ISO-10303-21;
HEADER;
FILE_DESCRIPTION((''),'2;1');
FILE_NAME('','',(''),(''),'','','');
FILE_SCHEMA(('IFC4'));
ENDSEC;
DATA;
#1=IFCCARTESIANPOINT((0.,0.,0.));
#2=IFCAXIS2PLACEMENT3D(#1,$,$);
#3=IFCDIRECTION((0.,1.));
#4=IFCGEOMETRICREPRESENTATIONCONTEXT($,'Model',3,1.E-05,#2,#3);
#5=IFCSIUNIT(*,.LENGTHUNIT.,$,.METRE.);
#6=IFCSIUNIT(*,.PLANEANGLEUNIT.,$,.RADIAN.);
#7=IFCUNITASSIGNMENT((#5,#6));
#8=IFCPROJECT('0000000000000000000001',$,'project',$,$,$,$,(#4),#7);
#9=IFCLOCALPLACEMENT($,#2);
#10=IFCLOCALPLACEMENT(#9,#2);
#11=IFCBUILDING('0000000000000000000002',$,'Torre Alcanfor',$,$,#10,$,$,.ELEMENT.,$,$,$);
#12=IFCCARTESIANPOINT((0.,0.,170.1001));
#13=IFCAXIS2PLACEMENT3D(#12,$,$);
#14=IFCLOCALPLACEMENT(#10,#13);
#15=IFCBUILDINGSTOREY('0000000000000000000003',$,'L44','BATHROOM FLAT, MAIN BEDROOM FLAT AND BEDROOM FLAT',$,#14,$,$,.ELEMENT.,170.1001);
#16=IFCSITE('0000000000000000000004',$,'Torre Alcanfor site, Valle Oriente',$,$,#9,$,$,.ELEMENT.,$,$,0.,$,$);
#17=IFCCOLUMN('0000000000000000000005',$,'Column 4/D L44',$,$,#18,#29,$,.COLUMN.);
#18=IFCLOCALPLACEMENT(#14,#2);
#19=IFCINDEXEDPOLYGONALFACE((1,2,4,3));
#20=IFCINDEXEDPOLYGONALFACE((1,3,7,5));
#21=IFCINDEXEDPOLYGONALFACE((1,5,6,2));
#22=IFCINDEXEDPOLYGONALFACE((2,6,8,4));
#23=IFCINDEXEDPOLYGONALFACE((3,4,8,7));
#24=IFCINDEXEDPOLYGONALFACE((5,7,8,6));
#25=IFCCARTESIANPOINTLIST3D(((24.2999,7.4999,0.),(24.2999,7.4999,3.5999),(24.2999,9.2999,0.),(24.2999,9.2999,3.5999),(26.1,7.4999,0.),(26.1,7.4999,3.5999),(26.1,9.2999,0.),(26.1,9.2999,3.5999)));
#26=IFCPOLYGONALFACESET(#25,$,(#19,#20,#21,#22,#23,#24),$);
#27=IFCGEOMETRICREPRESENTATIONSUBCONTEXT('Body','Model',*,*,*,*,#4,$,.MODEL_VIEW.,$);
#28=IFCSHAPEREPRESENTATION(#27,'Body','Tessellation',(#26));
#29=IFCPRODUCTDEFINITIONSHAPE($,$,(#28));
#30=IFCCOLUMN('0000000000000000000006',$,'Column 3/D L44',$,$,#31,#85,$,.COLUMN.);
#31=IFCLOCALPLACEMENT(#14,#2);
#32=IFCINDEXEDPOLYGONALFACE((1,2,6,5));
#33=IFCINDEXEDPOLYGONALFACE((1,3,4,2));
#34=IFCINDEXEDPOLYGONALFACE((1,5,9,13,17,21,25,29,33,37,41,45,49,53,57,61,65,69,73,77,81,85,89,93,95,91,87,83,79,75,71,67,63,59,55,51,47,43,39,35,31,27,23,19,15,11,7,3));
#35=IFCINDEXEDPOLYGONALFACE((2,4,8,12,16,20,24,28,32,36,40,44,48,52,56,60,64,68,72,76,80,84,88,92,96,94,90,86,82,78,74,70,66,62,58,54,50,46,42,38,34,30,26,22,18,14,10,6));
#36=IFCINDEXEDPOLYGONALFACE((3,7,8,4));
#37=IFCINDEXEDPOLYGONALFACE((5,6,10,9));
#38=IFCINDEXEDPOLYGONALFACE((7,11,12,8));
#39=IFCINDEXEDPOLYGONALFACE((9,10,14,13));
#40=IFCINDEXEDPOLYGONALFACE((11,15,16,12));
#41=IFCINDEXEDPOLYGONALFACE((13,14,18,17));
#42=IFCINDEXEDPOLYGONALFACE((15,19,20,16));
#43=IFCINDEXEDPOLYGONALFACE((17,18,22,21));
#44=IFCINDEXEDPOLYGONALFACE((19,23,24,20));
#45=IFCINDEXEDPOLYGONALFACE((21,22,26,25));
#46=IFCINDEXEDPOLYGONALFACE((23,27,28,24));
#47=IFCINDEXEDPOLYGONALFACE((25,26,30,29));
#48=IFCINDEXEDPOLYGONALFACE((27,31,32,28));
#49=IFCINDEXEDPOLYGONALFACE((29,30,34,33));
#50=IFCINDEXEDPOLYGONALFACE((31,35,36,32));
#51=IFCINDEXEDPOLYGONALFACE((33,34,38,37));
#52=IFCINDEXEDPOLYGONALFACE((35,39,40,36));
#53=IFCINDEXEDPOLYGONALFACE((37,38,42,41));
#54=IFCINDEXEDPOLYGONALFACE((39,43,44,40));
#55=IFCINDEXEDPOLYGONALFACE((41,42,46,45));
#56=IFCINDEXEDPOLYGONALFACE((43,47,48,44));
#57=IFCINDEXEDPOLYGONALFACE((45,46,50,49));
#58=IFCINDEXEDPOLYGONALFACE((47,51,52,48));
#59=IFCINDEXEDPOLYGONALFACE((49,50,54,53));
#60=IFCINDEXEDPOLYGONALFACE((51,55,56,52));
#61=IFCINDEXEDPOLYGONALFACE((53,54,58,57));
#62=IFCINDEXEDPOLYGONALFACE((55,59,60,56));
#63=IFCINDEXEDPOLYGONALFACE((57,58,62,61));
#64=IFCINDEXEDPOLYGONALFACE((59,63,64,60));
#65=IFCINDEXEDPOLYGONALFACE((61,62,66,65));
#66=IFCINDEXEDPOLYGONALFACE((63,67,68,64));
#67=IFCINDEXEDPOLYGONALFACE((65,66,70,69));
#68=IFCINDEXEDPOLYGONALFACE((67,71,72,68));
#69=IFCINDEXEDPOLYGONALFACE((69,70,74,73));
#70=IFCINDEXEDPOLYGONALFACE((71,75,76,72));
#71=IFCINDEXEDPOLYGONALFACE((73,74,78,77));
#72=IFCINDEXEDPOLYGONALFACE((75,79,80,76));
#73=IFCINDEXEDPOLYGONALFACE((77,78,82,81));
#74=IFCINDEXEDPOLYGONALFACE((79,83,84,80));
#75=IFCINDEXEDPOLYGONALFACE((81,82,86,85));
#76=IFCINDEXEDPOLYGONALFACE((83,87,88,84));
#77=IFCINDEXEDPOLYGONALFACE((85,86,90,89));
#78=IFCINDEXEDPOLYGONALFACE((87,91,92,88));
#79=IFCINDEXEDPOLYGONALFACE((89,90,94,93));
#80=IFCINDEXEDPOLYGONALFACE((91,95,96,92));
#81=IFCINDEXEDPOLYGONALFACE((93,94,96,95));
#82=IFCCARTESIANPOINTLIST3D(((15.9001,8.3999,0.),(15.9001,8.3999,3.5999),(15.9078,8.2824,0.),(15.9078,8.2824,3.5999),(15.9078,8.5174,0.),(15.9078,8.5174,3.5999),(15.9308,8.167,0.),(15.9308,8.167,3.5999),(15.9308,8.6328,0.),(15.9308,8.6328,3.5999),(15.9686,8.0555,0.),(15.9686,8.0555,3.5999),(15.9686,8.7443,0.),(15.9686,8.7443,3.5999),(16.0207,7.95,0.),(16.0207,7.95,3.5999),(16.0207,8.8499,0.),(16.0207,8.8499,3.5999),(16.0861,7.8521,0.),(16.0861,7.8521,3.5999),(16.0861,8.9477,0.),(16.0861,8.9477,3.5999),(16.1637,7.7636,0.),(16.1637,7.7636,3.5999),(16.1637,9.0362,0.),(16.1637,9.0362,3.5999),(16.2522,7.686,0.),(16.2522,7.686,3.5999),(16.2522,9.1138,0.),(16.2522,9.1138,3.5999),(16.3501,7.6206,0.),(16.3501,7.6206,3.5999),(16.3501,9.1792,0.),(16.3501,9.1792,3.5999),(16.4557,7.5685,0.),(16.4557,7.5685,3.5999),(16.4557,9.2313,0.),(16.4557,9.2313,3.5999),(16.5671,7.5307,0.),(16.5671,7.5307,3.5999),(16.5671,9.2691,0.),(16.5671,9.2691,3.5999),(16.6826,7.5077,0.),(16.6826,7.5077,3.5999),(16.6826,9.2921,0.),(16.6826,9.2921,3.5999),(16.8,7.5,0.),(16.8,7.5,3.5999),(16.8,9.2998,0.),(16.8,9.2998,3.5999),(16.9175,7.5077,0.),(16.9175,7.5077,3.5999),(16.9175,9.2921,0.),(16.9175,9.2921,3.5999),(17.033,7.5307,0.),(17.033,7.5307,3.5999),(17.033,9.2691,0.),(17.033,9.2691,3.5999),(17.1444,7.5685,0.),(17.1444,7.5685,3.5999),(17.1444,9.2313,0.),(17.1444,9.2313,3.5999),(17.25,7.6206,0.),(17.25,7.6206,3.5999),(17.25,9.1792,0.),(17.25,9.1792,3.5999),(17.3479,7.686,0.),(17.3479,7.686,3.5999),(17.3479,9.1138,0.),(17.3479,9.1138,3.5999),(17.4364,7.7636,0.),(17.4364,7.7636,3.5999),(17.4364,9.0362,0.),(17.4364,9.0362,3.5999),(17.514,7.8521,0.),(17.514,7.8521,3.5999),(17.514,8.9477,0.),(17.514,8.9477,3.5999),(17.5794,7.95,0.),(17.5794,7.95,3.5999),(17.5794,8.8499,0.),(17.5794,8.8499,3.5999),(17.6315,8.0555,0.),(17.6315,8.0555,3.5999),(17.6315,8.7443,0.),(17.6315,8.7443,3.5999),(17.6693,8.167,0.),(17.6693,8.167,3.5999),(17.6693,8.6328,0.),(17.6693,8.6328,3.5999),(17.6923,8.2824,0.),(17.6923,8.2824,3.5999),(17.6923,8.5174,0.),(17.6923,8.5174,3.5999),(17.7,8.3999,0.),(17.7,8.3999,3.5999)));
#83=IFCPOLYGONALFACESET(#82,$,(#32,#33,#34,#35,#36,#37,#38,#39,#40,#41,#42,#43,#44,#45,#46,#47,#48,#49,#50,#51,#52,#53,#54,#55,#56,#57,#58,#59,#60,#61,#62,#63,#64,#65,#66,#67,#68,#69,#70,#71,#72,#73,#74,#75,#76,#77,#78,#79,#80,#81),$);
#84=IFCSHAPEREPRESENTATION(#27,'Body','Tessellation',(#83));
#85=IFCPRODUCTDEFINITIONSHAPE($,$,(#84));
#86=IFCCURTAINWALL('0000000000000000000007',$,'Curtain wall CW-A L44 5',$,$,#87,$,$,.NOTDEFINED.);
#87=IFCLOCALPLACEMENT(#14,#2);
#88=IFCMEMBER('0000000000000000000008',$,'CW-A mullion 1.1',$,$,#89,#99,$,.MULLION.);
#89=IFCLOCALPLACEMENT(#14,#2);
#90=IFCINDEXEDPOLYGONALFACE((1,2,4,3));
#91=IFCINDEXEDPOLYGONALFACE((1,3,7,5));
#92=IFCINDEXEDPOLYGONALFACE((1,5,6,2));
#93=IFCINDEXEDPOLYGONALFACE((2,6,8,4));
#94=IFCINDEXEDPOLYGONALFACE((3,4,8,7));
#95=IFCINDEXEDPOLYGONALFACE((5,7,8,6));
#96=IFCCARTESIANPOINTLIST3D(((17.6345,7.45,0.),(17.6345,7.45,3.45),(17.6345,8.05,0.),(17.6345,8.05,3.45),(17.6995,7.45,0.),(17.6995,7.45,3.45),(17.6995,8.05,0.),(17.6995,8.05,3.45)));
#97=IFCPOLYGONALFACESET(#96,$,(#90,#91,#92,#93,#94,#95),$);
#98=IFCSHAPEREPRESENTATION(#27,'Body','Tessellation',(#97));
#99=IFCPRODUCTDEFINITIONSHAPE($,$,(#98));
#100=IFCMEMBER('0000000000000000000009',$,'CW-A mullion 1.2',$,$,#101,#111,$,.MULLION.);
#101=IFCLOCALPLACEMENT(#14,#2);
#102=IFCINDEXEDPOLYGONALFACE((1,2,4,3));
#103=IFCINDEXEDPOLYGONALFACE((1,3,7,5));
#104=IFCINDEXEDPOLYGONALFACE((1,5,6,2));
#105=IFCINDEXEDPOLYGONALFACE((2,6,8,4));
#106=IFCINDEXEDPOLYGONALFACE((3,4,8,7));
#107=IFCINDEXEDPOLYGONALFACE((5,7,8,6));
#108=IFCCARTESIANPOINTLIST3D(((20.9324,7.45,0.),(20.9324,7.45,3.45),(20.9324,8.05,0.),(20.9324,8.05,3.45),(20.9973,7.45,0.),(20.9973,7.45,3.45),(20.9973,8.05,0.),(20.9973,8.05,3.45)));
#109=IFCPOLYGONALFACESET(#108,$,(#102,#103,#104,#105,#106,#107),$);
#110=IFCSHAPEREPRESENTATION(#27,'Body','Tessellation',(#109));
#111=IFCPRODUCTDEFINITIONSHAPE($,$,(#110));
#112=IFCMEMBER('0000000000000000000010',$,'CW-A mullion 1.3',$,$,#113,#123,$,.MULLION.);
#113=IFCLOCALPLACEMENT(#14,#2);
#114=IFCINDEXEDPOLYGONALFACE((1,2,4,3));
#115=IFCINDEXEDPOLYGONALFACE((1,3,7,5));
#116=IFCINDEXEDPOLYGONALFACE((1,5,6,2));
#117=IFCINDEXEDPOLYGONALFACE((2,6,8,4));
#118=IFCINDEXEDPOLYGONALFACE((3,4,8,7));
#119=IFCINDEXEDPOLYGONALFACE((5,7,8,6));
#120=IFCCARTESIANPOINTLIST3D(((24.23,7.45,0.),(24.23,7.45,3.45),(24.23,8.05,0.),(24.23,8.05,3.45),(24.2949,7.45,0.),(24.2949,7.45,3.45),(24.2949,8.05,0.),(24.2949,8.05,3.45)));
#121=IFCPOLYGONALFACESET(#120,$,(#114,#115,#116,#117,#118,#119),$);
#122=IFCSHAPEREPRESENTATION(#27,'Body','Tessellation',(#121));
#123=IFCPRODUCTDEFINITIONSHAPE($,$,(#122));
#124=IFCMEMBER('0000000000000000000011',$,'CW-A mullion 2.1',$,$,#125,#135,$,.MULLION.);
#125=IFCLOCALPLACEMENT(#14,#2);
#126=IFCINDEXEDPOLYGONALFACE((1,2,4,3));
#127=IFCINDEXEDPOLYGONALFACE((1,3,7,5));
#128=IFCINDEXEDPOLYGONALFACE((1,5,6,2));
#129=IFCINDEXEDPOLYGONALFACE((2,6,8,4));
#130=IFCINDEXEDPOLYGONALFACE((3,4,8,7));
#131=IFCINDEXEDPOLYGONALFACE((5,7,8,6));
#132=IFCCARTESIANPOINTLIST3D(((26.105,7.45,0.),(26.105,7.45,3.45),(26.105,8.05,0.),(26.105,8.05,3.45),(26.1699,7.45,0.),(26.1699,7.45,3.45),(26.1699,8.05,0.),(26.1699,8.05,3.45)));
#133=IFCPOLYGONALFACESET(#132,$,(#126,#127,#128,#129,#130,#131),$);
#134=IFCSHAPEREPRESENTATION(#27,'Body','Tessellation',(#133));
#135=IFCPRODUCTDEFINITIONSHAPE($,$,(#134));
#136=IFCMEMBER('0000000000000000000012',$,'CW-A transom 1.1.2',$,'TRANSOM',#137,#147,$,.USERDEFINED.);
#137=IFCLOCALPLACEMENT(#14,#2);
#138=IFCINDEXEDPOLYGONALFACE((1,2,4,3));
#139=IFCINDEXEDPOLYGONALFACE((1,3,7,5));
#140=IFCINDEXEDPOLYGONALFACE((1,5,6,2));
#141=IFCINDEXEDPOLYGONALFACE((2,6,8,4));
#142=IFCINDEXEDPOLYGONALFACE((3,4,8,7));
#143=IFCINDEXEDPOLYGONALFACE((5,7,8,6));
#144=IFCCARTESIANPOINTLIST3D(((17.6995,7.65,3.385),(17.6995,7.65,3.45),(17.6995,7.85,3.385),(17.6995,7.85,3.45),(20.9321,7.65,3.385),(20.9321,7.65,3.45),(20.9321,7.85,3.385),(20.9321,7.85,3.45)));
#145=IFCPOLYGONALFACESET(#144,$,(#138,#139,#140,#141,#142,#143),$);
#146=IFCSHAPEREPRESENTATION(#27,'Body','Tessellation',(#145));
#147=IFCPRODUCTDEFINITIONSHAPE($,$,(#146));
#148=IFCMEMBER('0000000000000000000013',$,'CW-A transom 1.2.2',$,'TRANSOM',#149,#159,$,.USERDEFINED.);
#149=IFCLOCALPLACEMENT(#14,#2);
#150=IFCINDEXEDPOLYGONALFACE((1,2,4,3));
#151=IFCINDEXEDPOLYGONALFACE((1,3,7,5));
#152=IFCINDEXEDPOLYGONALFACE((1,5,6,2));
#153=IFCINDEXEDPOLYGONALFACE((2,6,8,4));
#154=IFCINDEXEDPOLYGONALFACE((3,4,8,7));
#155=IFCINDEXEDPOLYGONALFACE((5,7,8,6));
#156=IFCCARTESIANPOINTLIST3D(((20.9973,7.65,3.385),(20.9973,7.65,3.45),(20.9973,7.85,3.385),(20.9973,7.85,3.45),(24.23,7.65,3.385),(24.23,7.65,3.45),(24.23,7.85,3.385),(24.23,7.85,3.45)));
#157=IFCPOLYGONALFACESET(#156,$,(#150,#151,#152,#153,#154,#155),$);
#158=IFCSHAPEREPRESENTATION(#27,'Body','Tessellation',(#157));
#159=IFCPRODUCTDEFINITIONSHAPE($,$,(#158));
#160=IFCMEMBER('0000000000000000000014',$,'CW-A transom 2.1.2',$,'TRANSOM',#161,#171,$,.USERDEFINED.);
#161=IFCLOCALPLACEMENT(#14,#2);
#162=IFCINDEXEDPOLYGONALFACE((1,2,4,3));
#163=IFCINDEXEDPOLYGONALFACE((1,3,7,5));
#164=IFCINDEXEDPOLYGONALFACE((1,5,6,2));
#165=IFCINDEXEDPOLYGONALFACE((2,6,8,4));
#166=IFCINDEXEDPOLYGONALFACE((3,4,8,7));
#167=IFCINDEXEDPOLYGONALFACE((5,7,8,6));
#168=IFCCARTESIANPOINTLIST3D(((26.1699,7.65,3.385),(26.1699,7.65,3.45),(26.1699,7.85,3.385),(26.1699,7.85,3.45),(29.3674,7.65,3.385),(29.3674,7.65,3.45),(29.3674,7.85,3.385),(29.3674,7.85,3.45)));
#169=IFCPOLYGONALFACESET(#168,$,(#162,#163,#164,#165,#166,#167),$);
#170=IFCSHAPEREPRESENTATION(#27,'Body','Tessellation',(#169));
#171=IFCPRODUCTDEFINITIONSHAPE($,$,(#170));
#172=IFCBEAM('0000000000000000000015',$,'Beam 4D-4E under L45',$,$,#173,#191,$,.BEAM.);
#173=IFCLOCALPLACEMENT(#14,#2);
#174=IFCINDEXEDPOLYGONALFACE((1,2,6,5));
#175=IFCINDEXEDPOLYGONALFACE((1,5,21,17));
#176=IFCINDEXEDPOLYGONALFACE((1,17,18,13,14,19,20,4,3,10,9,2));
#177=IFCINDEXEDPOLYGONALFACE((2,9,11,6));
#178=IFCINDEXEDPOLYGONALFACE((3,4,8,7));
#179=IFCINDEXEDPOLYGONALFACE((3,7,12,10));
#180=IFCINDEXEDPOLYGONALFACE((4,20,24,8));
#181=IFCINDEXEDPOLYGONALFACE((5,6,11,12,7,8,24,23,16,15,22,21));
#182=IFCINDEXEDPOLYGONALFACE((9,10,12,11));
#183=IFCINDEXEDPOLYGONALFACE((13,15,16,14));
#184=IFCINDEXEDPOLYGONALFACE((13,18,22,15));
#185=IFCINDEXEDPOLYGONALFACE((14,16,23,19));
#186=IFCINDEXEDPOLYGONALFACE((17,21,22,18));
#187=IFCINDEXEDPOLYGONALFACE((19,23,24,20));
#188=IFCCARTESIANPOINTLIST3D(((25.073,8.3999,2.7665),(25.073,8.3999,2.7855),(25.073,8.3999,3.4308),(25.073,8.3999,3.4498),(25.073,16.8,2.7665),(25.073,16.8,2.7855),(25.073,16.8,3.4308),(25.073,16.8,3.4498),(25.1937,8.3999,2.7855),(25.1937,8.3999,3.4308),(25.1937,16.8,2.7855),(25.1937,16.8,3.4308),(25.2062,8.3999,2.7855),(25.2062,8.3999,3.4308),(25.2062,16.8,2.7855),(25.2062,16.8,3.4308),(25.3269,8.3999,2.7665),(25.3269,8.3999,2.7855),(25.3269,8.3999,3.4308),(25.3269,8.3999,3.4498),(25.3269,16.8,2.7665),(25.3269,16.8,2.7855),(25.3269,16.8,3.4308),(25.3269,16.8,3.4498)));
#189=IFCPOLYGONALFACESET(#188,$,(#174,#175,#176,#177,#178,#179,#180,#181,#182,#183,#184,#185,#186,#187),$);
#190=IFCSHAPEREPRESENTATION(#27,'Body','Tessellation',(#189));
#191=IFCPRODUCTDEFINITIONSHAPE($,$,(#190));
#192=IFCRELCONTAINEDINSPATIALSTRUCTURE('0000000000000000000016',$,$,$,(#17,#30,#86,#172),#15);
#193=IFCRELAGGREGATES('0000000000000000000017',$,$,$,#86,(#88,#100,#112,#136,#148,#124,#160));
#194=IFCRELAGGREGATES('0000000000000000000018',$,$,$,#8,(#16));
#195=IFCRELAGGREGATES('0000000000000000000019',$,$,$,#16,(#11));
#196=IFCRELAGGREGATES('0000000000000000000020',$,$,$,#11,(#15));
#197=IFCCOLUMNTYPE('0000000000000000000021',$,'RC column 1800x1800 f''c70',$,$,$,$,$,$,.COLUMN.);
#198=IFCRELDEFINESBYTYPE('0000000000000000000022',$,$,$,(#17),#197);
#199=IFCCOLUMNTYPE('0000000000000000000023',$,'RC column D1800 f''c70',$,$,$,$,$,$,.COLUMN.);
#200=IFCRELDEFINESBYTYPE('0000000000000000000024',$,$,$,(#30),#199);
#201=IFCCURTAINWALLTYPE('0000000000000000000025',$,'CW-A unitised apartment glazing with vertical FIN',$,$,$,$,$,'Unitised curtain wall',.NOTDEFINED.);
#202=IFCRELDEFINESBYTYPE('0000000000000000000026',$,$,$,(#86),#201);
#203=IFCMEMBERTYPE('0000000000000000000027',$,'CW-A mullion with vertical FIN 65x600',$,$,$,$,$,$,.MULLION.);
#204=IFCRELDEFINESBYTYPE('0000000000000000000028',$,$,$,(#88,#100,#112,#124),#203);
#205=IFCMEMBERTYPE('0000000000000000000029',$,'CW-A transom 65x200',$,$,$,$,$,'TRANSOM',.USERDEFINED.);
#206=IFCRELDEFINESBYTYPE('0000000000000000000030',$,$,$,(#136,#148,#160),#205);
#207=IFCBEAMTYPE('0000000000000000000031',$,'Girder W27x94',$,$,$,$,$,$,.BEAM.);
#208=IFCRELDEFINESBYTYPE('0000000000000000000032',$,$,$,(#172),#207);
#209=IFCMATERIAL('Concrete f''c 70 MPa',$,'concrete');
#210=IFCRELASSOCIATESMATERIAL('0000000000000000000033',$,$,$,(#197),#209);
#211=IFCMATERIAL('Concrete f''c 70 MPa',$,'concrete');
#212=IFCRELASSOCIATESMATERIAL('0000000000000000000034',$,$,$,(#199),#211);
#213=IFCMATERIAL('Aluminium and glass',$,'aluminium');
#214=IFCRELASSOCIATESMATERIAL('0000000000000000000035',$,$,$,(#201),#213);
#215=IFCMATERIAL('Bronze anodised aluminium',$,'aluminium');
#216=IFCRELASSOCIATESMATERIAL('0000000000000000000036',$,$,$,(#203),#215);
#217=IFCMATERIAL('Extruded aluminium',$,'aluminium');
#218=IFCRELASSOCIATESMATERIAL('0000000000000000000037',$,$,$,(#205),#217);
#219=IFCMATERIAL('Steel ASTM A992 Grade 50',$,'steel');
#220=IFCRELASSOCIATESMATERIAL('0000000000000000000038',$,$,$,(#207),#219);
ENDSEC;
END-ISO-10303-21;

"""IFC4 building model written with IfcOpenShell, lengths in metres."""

from ifc_helpers import new_model, si_unit, direction, frame, origin, origin_2d, place, context, subcontext, project, spatial, rectangle, circle, i_section, extrude, material, material_profile, profile_set, type_object, element, aggregate, save


model = new_model("IFC4")

# Units and contexts
model_context = context("Model", 3, precision=1e-05, world=origin(), true_north=direction((0.0, 1.0)))
body_context = subcontext(model_context, "Body", "Model", "MODEL_VIEW")
ifc_project = project(units=[si_unit("LENGTHUNIT", "METRE"), si_unit("PLANEANGLEUNIT", "RADIAN")], contexts=[model_context])

# Site, building, storey
site_placement = place(None, origin())
site = spatial("IfcSite", under=ifc_project, at=site_placement, Name="Torre Alcanfor site, Valle Oriente", CompositionType="ELEMENT", RefElevation=0.0)
building_placement = place(site_placement, origin())
building = spatial("IfcBuilding", under=site, at=building_placement, Name="Torre Alcanfor", CompositionType="ELEMENT")
storey_placement = place(building_placement, frame((0.0, 0.0, 170.1001)))
storey = spatial("IfcBuildingStorey", under=building, at=storey_placement, Name="L44", Description="BATHROOM FLAT, MAIN BEDROOM FLAT AND BEDROOM FLAT", CompositionType="ELEMENT", Elevation=170.1001)

# Columns
ifc_material_1 = material(Name="Concrete f'c 70 MPa", Category="concrete")
ifc_material_profile_1 = material_profile(ifc_material_1, rectangle(XDim=1.8, YDim=1.8, at=origin_2d()), Name="1800x1800")
ifc_profile_set_1 = profile_set([ifc_material_profile_1], Name="Concrete f'c 70 MPa")
column_type_1 = type_object("IfcColumnType", Name="RC column 1800x1800 f'c70", PredefinedType="COLUMN", material=ifc_profile_set_1)
column_1_placement = place(storey_placement, frame((25.2, 8.3999, 0.0), z_axis=(0.0, 0.0, 1.0), x_axis=(1.0, 0.0, 0.0)))
element("IfcColumn", 1, at=column_1_placement, inside=storey, type_object=column_type_1, Name="Column 4/D L44", PredefinedType="COLUMN", context=body_context, shape_type="SweptSolid", body=[
    extrude(rectangle(XDim=1.8, YDim=1.8, at=origin_2d()), origin(), (0.0, 0.0, 1.0), 3.5999),
])
ifc_material_2 = material(Name="Concrete f'c 70 MPa", Category="concrete")
ifc_material_profile_2 = material_profile(ifc_material_2, circle(Radius=0.8999, at=origin_2d()), Name="D1800")
ifc_profile_set_2 = profile_set([ifc_material_profile_2], Name="Concrete f'c 70 MPa")
column_type_2 = type_object("IfcColumnType", Name="RC column D1800 f'c70", PredefinedType="COLUMN", material=ifc_profile_set_2)
column_2_placement = place(storey_placement, frame((16.8, 8.3999, 0.0), z_axis=(0.0, 0.0, 1.0), x_axis=(1.0, 0.0, 0.0)))
element("IfcColumn", 2, at=column_2_placement, inside=storey, type_object=column_type_2, Name="Column 3/D L44", PredefinedType="COLUMN", context=body_context, shape_type="SweptSolid", body=[
    extrude(circle(Radius=0.8999, at=origin_2d()), origin(), (0.0, 0.0, 1.0), 3.5999),
])

# Curtain wall, members
ifc_material_3 = material(Name="Aluminium and glass", Category="aluminium")
curtain_wall_type = type_object("IfcCurtainWallType", Name="CW-A unitised apartment glazing with vertical FIN", ElementType="Unitised curtain wall", PredefinedType="NOTDEFINED", material=ifc_material_3)
curtain_wall_placement = place(storey_placement, origin())
curtain_wall = element("IfcCurtainWall", 3, at=curtain_wall_placement, inside=storey, type_object=curtain_wall_type, Name="Curtain wall CW-A L44 5", PredefinedType="NOTDEFINED")
ifc_material_4 = material(Name="Bronze anodised aluminium", Category="aluminium")
ifc_material_profile_3 = material_profile(ifc_material_4, rectangle(XDim=0.6001, YDim=0.0649, at=origin_2d()), Name="CW-A mullion 65x600")
ifc_profile_set_3 = profile_set([ifc_material_profile_3], Name="Bronze anodised aluminium")
member_type_1 = type_object("IfcMemberType", Name="CW-A mullion with vertical FIN 65x600", PredefinedType="MULLION", material=ifc_profile_set_3)
member_1_placement = place(storey_placement, frame((17.667, 7.75, 0.0), z_axis=(0.0, 0.0, 1.0), x_axis=(0.0, 1.0, 0.0)))
member_1 = element("IfcMember", 4, at=member_1_placement, type_object=member_type_1, Name="CW-A mullion 1.1", PredefinedType="MULLION", context=body_context, shape_type="SweptSolid", body=[
    extrude(rectangle(XDim=0.6001, YDim=0.0649, at=origin_2d()), origin(), (0.0, 0.0, 1.0), 3.45),
])
member_2_placement = place(storey_placement, frame((20.9648, 7.75, 0.0), z_axis=(0.0, 0.0, 1.0), x_axis=(0.0, 1.0, 0.0)))
member_2 = element("IfcMember", 5, at=member_2_placement, type_object=member_type_1, Name="CW-A mullion 1.2", PredefinedType="MULLION", context=body_context, shape_type="SweptSolid", body=[
    extrude(rectangle(XDim=0.6001, YDim=0.0649, at=origin_2d()), origin(), (0.0, 0.0, 1.0), 3.45),
])
member_3_placement = place(storey_placement, frame((24.2625, 7.75, 0.0), z_axis=(0.0, 0.0, 1.0), x_axis=(0.0, 1.0, 0.0)))
member_3 = element("IfcMember", 6, at=member_3_placement, type_object=member_type_1, Name="CW-A mullion 1.3", PredefinedType="MULLION", context=body_context, shape_type="SweptSolid", body=[
    extrude(rectangle(XDim=0.6001, YDim=0.0649, at=origin_2d()), origin(), (0.0, 0.0, 1.0), 3.45),
])
member_4_placement = place(storey_placement, frame((26.1375, 7.75, 0.0), z_axis=(0.0, 0.0, 1.0), x_axis=(0.0, 1.0, 0.0)))
member_4 = element("IfcMember", 7, at=member_4_placement, type_object=member_type_1, Name="CW-A mullion 2.1", PredefinedType="MULLION", context=body_context, shape_type="SweptSolid", body=[
    extrude(rectangle(XDim=0.6001, YDim=0.0649, at=origin_2d()), origin(), (0.0, 0.0, 1.0), 3.45),
])
ifc_material_5 = material(Name="Extruded aluminium", Category="aluminium")
ifc_material_profile_4 = material_profile(ifc_material_5, rectangle(XDim=0.2, YDim=0.0649, at=origin_2d()), Name="CW-A transom 200x65")
ifc_profile_set_4 = profile_set([ifc_material_profile_4], Name="Extruded aluminium")
member_type_2 = type_object("IfcMemberType", Name="CW-A transom 65x200", ElementType="TRANSOM", PredefinedType="USERDEFINED", material=ifc_profile_set_4)
member_5_placement = place(storey_placement, frame((17.6995, 7.75, 3.4175), z_axis=(1.0, 0.0, 0.0), x_axis=(0.0, 1.0, 0.0)))
member_5 = element("IfcMember", 8, at=member_5_placement, type_object=member_type_2, Name="CW-A transom 1.1.2", ObjectType="TRANSOM", PredefinedType="USERDEFINED", context=body_context, shape_type="SweptSolid", body=[
    extrude(rectangle(XDim=0.2, YDim=0.0649, at=origin_2d()), origin(), (0.0, 0.0, 1.0), 3.2327),
])
member_6_placement = place(storey_placement, frame((20.9973, 7.75, 3.4175), z_axis=(1.0, 0.0, 0.0), x_axis=(0.0, 1.0, 0.0)))
member_6 = element("IfcMember", 9, at=member_6_placement, type_object=member_type_2, Name="CW-A transom 1.2.2", ObjectType="TRANSOM", PredefinedType="USERDEFINED", context=body_context, shape_type="SweptSolid", body=[
    extrude(rectangle(XDim=0.2, YDim=0.0649, at=origin_2d()), origin(), (0.0, 0.0, 1.0), 3.2327),
])
member_7_placement = place(storey_placement, frame((26.1699, 7.75, 3.4175), z_axis=(1.0, 0.0, 0.0), x_axis=(0.0, 1.0, 0.0)))
member_7 = element("IfcMember", 10, at=member_7_placement, type_object=member_type_2, Name="CW-A transom 2.1.2", ObjectType="TRANSOM", PredefinedType="USERDEFINED", context=body_context, shape_type="SweptSolid", body=[
    extrude(rectangle(XDim=0.2, YDim=0.0649, at=origin_2d()), origin(), (0.0, 0.0, 1.0), 3.1975),
])

# Beam
ifc_material_6 = material(Name="Steel ASTM A992 Grade 50", Category="steel")
ifc_material_profile_5 = material_profile(ifc_material_6, i_section(OverallWidth=0.2539, OverallDepth=0.6833, WebThickness=0.0125, FlangeThickness=0.019, at=origin_2d()), Name="W27x94")
ifc_profile_set_5 = profile_set([ifc_material_profile_5], Name="Steel ASTM A992 Grade 50")
beam_type_1 = type_object("IfcBeamType", Name="Girder W27x94", PredefinedType="BEAM", material=ifc_profile_set_5)
beam_1_placement = place(storey_placement, frame((25.2, 8.3999, 3.1082), z_axis=(0.0, 1.0, 0.0), x_axis=(-1.0, 0.0, 0.0)))
element("IfcBeam", 11, at=beam_1_placement, inside=storey, type_object=beam_type_1, Name="Beam 4D-4E under L45", PredefinedType="BEAM", context=body_context, shape_type="SweptSolid", body=[
    extrude(i_section(OverallWidth=0.2539, OverallDepth=0.6833, WebThickness=0.0125, FlangeThickness=0.019, at=origin_2d()), origin(), (0.0, 0.0, 1.0), 8.4001),
])

aggregate(curtain_wall, [member_1, member_2, member_3, member_5, member_6, member_4, member_7])

save(model, "model.ifc")
